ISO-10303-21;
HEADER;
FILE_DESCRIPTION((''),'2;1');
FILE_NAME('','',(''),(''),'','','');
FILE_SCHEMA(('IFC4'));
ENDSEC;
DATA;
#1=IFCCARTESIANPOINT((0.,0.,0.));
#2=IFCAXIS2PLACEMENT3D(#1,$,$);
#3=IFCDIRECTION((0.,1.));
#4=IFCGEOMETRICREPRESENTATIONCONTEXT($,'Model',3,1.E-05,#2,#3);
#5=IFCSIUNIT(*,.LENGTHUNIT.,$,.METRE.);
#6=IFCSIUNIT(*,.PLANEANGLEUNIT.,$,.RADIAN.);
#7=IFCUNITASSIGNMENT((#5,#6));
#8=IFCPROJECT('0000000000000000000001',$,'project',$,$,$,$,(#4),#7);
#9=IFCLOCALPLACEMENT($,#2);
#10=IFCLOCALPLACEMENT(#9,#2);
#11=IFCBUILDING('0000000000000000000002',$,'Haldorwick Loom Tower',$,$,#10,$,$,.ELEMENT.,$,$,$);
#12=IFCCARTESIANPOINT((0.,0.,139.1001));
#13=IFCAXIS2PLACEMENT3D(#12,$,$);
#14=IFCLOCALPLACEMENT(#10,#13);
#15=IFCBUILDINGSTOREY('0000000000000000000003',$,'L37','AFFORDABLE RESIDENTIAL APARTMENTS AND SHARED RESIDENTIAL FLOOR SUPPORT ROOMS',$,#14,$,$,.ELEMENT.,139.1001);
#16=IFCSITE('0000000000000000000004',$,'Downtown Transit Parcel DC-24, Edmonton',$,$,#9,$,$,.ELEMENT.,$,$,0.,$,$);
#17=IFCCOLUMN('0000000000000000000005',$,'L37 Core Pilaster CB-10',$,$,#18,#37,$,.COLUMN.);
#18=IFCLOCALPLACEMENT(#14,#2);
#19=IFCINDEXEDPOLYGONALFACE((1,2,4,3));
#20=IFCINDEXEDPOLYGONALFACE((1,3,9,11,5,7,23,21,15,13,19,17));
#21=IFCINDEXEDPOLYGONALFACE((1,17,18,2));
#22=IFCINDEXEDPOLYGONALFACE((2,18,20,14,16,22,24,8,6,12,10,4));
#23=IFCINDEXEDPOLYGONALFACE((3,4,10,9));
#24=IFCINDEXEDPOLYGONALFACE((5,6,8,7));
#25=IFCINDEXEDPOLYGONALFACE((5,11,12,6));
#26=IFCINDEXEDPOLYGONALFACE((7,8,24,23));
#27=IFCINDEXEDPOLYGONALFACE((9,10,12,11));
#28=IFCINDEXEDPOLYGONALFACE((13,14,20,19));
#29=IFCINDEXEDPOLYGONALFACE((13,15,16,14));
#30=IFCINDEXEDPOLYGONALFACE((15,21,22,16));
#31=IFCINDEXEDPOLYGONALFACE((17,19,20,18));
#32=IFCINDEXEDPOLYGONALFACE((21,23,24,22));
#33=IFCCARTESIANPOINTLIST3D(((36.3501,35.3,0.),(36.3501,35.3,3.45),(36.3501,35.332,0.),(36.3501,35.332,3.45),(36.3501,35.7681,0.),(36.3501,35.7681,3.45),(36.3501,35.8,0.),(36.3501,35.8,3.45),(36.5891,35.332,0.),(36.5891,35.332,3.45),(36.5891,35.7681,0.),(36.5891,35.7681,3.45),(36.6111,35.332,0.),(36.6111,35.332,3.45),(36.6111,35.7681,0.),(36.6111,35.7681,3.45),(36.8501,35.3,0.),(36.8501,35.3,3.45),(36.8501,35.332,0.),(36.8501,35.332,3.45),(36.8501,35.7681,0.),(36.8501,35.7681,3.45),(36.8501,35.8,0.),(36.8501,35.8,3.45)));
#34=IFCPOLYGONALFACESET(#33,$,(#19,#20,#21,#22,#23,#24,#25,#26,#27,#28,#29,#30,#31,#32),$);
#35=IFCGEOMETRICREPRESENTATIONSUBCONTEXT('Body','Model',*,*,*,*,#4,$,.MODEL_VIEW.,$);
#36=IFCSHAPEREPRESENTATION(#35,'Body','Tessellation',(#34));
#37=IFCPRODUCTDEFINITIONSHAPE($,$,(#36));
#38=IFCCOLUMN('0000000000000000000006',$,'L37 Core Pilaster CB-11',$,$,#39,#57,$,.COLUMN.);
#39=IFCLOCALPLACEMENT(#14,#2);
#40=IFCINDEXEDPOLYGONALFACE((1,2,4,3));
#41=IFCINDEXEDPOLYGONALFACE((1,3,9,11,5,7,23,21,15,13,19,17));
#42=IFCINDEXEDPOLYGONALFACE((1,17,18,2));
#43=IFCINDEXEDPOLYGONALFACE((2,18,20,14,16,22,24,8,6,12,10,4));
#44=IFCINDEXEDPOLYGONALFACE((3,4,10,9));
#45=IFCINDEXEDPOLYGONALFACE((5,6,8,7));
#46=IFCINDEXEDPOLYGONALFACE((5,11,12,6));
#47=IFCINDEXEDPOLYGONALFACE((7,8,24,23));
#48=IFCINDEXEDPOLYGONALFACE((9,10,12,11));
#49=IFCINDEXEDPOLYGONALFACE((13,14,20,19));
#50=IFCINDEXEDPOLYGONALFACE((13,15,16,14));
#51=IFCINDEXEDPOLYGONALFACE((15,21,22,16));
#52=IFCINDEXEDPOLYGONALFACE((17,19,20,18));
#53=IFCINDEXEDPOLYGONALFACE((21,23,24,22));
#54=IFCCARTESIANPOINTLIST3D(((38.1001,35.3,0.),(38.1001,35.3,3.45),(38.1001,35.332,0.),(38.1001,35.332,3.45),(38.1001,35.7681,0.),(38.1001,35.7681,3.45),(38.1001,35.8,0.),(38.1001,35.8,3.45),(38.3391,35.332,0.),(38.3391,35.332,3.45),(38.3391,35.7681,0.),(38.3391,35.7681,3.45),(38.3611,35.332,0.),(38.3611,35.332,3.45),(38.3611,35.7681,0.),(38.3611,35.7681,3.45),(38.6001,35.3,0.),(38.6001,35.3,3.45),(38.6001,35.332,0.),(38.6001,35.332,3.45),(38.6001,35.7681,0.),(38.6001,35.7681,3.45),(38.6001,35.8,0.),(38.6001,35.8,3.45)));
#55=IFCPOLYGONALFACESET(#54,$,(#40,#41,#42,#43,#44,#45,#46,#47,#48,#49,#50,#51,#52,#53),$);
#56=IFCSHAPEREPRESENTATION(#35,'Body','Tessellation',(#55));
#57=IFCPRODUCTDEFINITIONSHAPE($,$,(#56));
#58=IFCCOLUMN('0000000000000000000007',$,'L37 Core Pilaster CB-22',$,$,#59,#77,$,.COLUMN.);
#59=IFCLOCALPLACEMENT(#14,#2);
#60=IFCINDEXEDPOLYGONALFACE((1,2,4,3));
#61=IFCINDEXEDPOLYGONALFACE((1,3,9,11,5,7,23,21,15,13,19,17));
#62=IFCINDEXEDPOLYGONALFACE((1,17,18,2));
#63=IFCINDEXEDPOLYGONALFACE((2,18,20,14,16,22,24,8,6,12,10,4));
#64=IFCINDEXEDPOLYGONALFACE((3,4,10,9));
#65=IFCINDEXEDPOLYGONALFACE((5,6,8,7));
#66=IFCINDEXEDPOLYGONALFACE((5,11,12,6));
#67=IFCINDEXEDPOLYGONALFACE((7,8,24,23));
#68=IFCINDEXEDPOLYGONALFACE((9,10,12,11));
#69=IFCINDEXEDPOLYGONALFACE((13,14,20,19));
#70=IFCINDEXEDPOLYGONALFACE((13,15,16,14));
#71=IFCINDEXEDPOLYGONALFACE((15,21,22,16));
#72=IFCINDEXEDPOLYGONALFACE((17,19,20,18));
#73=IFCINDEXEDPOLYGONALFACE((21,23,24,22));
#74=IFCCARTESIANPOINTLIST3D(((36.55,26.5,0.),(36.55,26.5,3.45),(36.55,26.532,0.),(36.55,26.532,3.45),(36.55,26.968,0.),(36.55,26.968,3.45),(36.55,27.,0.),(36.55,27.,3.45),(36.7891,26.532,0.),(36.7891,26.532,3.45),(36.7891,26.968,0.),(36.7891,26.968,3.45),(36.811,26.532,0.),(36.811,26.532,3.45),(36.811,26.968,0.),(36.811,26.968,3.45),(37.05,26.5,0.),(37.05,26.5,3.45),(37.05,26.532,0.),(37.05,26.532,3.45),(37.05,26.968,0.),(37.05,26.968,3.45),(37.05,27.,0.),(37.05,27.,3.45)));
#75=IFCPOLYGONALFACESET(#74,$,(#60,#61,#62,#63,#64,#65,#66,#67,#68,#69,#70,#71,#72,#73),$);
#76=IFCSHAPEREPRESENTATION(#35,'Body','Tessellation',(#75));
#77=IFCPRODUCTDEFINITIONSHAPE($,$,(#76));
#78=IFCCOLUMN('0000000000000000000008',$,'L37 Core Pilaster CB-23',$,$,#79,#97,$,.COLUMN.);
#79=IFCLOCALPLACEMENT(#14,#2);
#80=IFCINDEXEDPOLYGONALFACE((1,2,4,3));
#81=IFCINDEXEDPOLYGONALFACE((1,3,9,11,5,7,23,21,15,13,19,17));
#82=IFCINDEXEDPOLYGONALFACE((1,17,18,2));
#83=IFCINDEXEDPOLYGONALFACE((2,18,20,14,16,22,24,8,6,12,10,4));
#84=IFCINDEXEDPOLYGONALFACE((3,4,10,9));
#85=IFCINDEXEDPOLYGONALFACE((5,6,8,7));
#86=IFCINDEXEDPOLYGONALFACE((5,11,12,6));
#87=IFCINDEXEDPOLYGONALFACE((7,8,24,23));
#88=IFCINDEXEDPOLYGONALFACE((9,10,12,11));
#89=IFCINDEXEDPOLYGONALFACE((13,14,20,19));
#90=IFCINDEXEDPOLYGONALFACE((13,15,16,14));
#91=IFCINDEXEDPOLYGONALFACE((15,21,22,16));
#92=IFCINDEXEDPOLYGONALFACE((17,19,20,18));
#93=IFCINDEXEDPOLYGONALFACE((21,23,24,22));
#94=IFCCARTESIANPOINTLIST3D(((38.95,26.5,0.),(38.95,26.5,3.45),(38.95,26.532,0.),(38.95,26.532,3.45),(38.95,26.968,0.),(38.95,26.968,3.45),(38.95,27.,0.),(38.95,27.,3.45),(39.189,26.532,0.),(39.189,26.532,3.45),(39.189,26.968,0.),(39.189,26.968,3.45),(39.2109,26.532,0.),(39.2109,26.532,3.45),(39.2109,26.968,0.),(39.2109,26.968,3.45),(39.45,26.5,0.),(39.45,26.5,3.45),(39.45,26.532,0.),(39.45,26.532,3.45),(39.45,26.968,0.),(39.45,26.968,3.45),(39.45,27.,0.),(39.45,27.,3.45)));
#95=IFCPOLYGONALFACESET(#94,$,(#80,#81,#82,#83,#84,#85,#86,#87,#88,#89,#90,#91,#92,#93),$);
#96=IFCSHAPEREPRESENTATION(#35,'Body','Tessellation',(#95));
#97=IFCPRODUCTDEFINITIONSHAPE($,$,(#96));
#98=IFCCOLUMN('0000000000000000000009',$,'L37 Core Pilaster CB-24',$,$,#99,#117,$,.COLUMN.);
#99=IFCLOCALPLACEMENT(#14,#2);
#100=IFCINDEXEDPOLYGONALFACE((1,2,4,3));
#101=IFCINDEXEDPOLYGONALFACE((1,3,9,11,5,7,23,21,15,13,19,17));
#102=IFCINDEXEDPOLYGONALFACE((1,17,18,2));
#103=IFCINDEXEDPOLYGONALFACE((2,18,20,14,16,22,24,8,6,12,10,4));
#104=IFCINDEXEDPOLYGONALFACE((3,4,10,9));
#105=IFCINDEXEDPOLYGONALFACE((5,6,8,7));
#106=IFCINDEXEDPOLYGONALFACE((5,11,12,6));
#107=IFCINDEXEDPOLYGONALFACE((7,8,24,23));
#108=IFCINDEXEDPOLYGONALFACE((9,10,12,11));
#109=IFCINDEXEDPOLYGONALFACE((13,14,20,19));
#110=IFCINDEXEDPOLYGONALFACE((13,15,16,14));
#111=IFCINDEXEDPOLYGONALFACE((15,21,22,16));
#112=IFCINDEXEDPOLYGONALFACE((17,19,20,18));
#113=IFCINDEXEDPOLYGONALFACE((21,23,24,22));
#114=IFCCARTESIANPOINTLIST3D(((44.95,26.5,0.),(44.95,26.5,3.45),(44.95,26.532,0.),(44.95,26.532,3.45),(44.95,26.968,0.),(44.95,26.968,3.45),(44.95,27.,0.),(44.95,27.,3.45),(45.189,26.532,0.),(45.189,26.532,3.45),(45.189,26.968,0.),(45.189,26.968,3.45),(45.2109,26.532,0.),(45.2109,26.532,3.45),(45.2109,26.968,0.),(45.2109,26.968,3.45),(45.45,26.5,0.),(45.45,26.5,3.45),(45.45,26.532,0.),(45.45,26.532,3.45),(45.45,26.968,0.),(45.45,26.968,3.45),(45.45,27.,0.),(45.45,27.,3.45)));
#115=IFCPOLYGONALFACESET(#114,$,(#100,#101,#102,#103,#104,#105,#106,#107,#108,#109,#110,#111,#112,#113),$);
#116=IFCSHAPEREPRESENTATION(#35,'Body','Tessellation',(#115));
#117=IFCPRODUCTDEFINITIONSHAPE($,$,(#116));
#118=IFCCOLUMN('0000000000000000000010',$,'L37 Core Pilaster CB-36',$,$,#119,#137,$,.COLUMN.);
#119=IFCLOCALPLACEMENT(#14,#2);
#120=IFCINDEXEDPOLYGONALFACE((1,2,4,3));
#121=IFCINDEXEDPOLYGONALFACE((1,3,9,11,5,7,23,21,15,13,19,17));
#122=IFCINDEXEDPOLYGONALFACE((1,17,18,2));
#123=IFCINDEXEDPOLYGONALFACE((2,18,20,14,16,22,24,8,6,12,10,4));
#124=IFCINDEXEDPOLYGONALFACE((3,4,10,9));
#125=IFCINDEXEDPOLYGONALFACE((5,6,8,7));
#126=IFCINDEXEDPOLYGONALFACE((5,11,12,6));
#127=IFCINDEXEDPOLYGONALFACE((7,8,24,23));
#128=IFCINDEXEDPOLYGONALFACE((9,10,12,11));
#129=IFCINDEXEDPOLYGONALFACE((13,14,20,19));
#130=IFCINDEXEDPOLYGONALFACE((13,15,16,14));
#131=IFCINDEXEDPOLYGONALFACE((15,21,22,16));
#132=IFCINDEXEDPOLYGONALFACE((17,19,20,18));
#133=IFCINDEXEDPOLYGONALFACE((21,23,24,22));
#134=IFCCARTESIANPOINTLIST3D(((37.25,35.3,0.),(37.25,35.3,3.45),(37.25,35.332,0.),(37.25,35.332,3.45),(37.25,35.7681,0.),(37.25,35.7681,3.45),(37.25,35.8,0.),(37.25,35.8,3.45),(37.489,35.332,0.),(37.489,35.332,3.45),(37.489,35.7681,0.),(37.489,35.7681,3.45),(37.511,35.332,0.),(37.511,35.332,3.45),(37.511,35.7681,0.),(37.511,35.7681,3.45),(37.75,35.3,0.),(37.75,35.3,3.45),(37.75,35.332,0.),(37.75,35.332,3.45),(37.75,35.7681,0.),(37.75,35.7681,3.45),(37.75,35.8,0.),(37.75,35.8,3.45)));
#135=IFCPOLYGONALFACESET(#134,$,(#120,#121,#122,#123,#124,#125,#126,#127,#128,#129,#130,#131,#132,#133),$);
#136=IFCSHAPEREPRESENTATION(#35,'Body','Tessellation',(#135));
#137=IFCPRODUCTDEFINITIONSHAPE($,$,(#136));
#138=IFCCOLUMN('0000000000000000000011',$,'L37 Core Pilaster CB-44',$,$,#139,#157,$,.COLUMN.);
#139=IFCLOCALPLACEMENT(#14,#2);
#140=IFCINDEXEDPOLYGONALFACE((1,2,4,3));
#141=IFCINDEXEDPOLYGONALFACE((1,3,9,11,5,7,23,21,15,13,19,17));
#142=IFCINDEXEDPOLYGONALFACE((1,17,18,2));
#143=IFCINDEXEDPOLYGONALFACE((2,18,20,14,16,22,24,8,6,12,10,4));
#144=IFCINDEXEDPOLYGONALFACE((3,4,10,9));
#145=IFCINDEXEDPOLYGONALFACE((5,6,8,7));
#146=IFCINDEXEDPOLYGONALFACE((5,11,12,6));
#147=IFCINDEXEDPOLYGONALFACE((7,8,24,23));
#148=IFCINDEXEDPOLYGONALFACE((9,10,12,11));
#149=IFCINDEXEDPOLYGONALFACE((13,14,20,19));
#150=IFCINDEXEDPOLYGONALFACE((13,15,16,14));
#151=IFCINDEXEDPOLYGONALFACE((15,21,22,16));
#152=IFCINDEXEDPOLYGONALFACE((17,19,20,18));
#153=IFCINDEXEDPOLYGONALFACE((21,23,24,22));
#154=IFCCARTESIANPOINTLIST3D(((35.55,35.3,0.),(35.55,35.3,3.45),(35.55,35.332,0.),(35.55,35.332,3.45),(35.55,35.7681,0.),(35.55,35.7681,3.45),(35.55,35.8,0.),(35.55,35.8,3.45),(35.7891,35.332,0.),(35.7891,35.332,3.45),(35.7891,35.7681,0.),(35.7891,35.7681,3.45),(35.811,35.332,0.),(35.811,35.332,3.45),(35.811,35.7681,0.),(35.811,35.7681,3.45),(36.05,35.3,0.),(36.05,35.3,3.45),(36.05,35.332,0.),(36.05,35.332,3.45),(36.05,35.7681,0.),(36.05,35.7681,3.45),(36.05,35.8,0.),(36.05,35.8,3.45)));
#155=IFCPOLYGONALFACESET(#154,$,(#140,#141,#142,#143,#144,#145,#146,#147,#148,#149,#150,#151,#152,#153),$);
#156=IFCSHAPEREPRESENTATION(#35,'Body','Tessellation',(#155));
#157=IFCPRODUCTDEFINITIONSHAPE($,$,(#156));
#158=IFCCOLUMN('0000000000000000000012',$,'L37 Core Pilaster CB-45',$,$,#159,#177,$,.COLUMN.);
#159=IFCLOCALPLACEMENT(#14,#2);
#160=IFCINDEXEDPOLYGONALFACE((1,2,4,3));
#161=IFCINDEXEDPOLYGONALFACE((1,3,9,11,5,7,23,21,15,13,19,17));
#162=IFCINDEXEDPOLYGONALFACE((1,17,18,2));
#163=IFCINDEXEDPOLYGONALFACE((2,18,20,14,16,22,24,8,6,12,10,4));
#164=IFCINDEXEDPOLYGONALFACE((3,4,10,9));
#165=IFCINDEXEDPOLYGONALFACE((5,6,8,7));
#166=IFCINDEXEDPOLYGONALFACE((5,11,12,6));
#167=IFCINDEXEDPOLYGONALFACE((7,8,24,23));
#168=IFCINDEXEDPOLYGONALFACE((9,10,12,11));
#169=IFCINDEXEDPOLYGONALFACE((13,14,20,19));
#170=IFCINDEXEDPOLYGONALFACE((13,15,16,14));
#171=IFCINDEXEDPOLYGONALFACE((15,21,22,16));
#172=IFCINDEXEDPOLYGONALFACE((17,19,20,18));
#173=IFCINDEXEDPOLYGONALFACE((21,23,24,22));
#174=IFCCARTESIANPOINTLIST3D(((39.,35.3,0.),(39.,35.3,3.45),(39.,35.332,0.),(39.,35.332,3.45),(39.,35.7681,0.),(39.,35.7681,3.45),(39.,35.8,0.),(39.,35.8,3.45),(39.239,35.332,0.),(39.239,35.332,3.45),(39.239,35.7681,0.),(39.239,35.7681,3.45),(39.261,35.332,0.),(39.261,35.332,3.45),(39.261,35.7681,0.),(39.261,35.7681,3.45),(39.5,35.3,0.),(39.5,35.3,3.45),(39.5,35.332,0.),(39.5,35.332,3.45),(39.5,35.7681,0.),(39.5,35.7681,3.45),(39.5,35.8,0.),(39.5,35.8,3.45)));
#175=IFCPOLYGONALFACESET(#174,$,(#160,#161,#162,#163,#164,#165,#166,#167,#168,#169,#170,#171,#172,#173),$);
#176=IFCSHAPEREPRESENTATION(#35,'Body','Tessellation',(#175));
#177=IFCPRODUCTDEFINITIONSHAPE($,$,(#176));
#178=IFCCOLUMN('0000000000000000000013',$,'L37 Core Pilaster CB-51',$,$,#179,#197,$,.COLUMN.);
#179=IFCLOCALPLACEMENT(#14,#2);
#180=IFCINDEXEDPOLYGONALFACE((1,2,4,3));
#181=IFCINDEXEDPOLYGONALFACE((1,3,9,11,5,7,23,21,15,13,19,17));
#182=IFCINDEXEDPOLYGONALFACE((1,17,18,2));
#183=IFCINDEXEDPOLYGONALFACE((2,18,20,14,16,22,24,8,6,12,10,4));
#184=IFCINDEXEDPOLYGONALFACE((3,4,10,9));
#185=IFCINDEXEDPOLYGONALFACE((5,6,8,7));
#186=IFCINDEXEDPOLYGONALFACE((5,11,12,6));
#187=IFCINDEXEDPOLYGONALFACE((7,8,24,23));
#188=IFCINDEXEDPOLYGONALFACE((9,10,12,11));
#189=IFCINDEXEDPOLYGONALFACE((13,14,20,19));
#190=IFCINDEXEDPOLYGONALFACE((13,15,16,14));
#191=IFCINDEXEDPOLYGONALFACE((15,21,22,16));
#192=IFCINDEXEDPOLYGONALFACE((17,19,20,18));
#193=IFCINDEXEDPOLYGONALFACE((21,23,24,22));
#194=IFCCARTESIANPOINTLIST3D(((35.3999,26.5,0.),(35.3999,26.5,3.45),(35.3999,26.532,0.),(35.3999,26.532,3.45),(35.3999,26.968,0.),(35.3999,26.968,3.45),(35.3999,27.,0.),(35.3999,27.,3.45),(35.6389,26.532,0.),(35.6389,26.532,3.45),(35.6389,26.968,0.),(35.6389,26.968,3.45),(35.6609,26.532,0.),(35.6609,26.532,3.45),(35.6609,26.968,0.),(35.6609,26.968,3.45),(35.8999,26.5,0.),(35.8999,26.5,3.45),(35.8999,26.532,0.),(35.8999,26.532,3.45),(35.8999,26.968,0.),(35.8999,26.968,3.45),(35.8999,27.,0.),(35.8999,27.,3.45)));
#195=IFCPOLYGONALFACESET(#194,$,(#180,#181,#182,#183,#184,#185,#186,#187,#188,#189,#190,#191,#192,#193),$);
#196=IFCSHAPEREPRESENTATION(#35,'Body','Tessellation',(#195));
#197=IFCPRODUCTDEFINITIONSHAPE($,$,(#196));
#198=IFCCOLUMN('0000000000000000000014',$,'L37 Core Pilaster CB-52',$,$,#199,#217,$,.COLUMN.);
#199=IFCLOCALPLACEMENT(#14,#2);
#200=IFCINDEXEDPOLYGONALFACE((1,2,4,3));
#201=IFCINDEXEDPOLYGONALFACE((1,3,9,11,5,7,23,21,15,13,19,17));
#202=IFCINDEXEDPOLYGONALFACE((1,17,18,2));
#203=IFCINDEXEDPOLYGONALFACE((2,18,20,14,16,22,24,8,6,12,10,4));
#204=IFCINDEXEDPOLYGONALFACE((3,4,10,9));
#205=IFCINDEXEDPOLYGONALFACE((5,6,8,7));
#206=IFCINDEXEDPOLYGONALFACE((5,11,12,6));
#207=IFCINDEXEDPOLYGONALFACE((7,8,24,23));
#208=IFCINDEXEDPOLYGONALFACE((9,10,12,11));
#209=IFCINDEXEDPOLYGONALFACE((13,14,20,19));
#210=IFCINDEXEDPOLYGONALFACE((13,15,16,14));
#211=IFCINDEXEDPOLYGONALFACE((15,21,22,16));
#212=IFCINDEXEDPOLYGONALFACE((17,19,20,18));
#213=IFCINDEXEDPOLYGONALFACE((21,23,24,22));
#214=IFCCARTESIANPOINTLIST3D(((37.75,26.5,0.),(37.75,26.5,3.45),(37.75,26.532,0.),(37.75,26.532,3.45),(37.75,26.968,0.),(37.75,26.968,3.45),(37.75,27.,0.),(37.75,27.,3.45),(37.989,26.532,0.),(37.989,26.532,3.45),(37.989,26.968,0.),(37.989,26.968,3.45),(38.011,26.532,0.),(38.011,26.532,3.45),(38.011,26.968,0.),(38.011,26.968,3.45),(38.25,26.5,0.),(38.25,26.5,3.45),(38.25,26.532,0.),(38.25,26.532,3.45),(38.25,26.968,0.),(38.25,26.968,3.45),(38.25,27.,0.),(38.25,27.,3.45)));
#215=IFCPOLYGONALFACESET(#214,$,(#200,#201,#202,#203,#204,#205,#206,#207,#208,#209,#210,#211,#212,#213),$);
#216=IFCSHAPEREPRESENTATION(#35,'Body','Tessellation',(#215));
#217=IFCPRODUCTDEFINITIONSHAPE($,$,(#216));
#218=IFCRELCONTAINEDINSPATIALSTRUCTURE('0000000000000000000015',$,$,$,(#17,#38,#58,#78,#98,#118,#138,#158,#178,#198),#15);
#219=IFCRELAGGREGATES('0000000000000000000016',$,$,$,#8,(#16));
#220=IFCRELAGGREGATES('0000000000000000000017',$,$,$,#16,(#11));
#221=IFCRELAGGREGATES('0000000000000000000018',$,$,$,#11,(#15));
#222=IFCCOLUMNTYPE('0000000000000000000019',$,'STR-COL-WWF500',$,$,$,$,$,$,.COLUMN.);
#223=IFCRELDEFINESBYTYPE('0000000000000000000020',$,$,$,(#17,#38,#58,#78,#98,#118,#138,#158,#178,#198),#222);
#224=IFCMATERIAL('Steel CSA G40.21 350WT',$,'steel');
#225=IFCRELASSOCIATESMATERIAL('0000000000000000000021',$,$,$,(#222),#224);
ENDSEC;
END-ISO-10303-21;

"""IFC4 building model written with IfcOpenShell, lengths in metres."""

from ifc_helpers import new_model, si_unit, direction, frame, origin, origin_2d, place, context, subcontext, project, spatial, i_section, extrude, material, material_profile, profile_set, type_object, element, save


model = new_model("IFC4")

# Units and contexts
model_context = context("Model", 3, precision=1e-05, world=origin(), true_north=direction((0.0, 1.0)))
body_context = subcontext(model_context, "Body", "Model", "MODEL_VIEW")
ifc_project = project(units=[si_unit("LENGTHUNIT", "METRE"), si_unit("PLANEANGLEUNIT", "RADIAN")], contexts=[model_context])

# Site, building, storey
site_placement = place(None, origin())
site = spatial("IfcSite", under=ifc_project, at=site_placement, Name="Downtown Transit Parcel DC-24, Edmonton", CompositionType="ELEMENT", RefElevation=0.0)
building_placement = place(site_placement, origin())
building = spatial("IfcBuilding", under=site, at=building_placement, Name="Haldorwick Loom Tower", CompositionType="ELEMENT")
storey_placement = place(building_placement, frame((0.0, 0.0, 139.1001)))
storey = spatial("IfcBuildingStorey", under=building, at=storey_placement, Name="L37", Description="AFFORDABLE RESIDENTIAL APARTMENTS AND SHARED RESIDENTIAL FLOOR SUPPORT ROOMS", CompositionType="ELEMENT", Elevation=139.1001)

# Columns
ifc_material_1 = material(Name="Steel CSA G40.21 350WT", Category="steel")
ifc_material_profile_1 = material_profile(ifc_material_1, i_section(OverallWidth=0.5, OverallDepth=0.5, WebThickness=0.022, FlangeThickness=0.032, at=origin_2d()), Name="WWF500X500", Category="steel")
ifc_profile_set_1 = profile_set([ifc_material_profile_1], Name="Steel CSA G40.21 350WT")
column_type = type_object("IfcColumnType", Name="STR-COL-WWF500", PredefinedType="COLUMN", material=ifc_profile_set_1)
for number, where, z_axis, x_axis, name in (
    (1, (36.6001, 35.55, 0.0), (0.0, 0.0, 1.0), (1.0, 0.0, 0.0), "L37 Core Pilaster CB-10"),
    (2, (38.3501, 35.55, 0.0), (0.0, 0.0, 1.0), (1.0, 0.0, 0.0), "L37 Core Pilaster CB-11"),
    (3, (36.8, 26.75, 0.0), (0.0, 0.0, 1.0), (1.0, 0.0, 0.0), "L37 Core Pilaster CB-22"),
    (4, (39.2, 26.75, 0.0), (0.0, 0.0, 1.0), (1.0, 0.0, 0.0), "L37 Core Pilaster CB-23"),
    (5, (45.2, 26.75, 0.0), (0.0, 0.0, 1.0), (1.0, 0.0, 0.0), "L37 Core Pilaster CB-24"),
    (6, (37.5, 35.55, 0.0), (0.0, 0.0, 1.0), (1.0, 0.0, 0.0), "L37 Core Pilaster CB-36"),
    (7, (35.8, 35.55, 0.0), (0.0, 0.0, 1.0), (1.0, 0.0, 0.0), "L37 Core Pilaster CB-44"),
    (8, (39.25, 35.55, 0.0), (0.0, 0.0, 1.0), (1.0, 0.0, 0.0), "L37 Core Pilaster CB-45"),
    (9, (35.6499, 26.75, 0.0), (0.0, 0.0, 1.0), (1.0, 0.0, 0.0), "L37 Core Pilaster CB-51"),
    (10, (38.0, 26.75, 0.0), (0.0, 0.0, 1.0), (1.0, 0.0, 0.0), "L37 Core Pilaster CB-52"),
):
    element("IfcColumn", number, at=place(storey_placement, frame(where, z_axis=z_axis, x_axis=x_axis)), inside=storey, type_object=column_type, Name=name, PredefinedType="COLUMN", context=body_context, shape_type="SweptSolid", body=[
        extrude(i_section(OverallWidth=0.5, OverallDepth=0.5, WebThickness=0.022, FlangeThickness=0.032, at=origin_2d()), origin(), (0.0, 0.0, 1.0), 3.45),
    ])

save(model, "model.ifc")
